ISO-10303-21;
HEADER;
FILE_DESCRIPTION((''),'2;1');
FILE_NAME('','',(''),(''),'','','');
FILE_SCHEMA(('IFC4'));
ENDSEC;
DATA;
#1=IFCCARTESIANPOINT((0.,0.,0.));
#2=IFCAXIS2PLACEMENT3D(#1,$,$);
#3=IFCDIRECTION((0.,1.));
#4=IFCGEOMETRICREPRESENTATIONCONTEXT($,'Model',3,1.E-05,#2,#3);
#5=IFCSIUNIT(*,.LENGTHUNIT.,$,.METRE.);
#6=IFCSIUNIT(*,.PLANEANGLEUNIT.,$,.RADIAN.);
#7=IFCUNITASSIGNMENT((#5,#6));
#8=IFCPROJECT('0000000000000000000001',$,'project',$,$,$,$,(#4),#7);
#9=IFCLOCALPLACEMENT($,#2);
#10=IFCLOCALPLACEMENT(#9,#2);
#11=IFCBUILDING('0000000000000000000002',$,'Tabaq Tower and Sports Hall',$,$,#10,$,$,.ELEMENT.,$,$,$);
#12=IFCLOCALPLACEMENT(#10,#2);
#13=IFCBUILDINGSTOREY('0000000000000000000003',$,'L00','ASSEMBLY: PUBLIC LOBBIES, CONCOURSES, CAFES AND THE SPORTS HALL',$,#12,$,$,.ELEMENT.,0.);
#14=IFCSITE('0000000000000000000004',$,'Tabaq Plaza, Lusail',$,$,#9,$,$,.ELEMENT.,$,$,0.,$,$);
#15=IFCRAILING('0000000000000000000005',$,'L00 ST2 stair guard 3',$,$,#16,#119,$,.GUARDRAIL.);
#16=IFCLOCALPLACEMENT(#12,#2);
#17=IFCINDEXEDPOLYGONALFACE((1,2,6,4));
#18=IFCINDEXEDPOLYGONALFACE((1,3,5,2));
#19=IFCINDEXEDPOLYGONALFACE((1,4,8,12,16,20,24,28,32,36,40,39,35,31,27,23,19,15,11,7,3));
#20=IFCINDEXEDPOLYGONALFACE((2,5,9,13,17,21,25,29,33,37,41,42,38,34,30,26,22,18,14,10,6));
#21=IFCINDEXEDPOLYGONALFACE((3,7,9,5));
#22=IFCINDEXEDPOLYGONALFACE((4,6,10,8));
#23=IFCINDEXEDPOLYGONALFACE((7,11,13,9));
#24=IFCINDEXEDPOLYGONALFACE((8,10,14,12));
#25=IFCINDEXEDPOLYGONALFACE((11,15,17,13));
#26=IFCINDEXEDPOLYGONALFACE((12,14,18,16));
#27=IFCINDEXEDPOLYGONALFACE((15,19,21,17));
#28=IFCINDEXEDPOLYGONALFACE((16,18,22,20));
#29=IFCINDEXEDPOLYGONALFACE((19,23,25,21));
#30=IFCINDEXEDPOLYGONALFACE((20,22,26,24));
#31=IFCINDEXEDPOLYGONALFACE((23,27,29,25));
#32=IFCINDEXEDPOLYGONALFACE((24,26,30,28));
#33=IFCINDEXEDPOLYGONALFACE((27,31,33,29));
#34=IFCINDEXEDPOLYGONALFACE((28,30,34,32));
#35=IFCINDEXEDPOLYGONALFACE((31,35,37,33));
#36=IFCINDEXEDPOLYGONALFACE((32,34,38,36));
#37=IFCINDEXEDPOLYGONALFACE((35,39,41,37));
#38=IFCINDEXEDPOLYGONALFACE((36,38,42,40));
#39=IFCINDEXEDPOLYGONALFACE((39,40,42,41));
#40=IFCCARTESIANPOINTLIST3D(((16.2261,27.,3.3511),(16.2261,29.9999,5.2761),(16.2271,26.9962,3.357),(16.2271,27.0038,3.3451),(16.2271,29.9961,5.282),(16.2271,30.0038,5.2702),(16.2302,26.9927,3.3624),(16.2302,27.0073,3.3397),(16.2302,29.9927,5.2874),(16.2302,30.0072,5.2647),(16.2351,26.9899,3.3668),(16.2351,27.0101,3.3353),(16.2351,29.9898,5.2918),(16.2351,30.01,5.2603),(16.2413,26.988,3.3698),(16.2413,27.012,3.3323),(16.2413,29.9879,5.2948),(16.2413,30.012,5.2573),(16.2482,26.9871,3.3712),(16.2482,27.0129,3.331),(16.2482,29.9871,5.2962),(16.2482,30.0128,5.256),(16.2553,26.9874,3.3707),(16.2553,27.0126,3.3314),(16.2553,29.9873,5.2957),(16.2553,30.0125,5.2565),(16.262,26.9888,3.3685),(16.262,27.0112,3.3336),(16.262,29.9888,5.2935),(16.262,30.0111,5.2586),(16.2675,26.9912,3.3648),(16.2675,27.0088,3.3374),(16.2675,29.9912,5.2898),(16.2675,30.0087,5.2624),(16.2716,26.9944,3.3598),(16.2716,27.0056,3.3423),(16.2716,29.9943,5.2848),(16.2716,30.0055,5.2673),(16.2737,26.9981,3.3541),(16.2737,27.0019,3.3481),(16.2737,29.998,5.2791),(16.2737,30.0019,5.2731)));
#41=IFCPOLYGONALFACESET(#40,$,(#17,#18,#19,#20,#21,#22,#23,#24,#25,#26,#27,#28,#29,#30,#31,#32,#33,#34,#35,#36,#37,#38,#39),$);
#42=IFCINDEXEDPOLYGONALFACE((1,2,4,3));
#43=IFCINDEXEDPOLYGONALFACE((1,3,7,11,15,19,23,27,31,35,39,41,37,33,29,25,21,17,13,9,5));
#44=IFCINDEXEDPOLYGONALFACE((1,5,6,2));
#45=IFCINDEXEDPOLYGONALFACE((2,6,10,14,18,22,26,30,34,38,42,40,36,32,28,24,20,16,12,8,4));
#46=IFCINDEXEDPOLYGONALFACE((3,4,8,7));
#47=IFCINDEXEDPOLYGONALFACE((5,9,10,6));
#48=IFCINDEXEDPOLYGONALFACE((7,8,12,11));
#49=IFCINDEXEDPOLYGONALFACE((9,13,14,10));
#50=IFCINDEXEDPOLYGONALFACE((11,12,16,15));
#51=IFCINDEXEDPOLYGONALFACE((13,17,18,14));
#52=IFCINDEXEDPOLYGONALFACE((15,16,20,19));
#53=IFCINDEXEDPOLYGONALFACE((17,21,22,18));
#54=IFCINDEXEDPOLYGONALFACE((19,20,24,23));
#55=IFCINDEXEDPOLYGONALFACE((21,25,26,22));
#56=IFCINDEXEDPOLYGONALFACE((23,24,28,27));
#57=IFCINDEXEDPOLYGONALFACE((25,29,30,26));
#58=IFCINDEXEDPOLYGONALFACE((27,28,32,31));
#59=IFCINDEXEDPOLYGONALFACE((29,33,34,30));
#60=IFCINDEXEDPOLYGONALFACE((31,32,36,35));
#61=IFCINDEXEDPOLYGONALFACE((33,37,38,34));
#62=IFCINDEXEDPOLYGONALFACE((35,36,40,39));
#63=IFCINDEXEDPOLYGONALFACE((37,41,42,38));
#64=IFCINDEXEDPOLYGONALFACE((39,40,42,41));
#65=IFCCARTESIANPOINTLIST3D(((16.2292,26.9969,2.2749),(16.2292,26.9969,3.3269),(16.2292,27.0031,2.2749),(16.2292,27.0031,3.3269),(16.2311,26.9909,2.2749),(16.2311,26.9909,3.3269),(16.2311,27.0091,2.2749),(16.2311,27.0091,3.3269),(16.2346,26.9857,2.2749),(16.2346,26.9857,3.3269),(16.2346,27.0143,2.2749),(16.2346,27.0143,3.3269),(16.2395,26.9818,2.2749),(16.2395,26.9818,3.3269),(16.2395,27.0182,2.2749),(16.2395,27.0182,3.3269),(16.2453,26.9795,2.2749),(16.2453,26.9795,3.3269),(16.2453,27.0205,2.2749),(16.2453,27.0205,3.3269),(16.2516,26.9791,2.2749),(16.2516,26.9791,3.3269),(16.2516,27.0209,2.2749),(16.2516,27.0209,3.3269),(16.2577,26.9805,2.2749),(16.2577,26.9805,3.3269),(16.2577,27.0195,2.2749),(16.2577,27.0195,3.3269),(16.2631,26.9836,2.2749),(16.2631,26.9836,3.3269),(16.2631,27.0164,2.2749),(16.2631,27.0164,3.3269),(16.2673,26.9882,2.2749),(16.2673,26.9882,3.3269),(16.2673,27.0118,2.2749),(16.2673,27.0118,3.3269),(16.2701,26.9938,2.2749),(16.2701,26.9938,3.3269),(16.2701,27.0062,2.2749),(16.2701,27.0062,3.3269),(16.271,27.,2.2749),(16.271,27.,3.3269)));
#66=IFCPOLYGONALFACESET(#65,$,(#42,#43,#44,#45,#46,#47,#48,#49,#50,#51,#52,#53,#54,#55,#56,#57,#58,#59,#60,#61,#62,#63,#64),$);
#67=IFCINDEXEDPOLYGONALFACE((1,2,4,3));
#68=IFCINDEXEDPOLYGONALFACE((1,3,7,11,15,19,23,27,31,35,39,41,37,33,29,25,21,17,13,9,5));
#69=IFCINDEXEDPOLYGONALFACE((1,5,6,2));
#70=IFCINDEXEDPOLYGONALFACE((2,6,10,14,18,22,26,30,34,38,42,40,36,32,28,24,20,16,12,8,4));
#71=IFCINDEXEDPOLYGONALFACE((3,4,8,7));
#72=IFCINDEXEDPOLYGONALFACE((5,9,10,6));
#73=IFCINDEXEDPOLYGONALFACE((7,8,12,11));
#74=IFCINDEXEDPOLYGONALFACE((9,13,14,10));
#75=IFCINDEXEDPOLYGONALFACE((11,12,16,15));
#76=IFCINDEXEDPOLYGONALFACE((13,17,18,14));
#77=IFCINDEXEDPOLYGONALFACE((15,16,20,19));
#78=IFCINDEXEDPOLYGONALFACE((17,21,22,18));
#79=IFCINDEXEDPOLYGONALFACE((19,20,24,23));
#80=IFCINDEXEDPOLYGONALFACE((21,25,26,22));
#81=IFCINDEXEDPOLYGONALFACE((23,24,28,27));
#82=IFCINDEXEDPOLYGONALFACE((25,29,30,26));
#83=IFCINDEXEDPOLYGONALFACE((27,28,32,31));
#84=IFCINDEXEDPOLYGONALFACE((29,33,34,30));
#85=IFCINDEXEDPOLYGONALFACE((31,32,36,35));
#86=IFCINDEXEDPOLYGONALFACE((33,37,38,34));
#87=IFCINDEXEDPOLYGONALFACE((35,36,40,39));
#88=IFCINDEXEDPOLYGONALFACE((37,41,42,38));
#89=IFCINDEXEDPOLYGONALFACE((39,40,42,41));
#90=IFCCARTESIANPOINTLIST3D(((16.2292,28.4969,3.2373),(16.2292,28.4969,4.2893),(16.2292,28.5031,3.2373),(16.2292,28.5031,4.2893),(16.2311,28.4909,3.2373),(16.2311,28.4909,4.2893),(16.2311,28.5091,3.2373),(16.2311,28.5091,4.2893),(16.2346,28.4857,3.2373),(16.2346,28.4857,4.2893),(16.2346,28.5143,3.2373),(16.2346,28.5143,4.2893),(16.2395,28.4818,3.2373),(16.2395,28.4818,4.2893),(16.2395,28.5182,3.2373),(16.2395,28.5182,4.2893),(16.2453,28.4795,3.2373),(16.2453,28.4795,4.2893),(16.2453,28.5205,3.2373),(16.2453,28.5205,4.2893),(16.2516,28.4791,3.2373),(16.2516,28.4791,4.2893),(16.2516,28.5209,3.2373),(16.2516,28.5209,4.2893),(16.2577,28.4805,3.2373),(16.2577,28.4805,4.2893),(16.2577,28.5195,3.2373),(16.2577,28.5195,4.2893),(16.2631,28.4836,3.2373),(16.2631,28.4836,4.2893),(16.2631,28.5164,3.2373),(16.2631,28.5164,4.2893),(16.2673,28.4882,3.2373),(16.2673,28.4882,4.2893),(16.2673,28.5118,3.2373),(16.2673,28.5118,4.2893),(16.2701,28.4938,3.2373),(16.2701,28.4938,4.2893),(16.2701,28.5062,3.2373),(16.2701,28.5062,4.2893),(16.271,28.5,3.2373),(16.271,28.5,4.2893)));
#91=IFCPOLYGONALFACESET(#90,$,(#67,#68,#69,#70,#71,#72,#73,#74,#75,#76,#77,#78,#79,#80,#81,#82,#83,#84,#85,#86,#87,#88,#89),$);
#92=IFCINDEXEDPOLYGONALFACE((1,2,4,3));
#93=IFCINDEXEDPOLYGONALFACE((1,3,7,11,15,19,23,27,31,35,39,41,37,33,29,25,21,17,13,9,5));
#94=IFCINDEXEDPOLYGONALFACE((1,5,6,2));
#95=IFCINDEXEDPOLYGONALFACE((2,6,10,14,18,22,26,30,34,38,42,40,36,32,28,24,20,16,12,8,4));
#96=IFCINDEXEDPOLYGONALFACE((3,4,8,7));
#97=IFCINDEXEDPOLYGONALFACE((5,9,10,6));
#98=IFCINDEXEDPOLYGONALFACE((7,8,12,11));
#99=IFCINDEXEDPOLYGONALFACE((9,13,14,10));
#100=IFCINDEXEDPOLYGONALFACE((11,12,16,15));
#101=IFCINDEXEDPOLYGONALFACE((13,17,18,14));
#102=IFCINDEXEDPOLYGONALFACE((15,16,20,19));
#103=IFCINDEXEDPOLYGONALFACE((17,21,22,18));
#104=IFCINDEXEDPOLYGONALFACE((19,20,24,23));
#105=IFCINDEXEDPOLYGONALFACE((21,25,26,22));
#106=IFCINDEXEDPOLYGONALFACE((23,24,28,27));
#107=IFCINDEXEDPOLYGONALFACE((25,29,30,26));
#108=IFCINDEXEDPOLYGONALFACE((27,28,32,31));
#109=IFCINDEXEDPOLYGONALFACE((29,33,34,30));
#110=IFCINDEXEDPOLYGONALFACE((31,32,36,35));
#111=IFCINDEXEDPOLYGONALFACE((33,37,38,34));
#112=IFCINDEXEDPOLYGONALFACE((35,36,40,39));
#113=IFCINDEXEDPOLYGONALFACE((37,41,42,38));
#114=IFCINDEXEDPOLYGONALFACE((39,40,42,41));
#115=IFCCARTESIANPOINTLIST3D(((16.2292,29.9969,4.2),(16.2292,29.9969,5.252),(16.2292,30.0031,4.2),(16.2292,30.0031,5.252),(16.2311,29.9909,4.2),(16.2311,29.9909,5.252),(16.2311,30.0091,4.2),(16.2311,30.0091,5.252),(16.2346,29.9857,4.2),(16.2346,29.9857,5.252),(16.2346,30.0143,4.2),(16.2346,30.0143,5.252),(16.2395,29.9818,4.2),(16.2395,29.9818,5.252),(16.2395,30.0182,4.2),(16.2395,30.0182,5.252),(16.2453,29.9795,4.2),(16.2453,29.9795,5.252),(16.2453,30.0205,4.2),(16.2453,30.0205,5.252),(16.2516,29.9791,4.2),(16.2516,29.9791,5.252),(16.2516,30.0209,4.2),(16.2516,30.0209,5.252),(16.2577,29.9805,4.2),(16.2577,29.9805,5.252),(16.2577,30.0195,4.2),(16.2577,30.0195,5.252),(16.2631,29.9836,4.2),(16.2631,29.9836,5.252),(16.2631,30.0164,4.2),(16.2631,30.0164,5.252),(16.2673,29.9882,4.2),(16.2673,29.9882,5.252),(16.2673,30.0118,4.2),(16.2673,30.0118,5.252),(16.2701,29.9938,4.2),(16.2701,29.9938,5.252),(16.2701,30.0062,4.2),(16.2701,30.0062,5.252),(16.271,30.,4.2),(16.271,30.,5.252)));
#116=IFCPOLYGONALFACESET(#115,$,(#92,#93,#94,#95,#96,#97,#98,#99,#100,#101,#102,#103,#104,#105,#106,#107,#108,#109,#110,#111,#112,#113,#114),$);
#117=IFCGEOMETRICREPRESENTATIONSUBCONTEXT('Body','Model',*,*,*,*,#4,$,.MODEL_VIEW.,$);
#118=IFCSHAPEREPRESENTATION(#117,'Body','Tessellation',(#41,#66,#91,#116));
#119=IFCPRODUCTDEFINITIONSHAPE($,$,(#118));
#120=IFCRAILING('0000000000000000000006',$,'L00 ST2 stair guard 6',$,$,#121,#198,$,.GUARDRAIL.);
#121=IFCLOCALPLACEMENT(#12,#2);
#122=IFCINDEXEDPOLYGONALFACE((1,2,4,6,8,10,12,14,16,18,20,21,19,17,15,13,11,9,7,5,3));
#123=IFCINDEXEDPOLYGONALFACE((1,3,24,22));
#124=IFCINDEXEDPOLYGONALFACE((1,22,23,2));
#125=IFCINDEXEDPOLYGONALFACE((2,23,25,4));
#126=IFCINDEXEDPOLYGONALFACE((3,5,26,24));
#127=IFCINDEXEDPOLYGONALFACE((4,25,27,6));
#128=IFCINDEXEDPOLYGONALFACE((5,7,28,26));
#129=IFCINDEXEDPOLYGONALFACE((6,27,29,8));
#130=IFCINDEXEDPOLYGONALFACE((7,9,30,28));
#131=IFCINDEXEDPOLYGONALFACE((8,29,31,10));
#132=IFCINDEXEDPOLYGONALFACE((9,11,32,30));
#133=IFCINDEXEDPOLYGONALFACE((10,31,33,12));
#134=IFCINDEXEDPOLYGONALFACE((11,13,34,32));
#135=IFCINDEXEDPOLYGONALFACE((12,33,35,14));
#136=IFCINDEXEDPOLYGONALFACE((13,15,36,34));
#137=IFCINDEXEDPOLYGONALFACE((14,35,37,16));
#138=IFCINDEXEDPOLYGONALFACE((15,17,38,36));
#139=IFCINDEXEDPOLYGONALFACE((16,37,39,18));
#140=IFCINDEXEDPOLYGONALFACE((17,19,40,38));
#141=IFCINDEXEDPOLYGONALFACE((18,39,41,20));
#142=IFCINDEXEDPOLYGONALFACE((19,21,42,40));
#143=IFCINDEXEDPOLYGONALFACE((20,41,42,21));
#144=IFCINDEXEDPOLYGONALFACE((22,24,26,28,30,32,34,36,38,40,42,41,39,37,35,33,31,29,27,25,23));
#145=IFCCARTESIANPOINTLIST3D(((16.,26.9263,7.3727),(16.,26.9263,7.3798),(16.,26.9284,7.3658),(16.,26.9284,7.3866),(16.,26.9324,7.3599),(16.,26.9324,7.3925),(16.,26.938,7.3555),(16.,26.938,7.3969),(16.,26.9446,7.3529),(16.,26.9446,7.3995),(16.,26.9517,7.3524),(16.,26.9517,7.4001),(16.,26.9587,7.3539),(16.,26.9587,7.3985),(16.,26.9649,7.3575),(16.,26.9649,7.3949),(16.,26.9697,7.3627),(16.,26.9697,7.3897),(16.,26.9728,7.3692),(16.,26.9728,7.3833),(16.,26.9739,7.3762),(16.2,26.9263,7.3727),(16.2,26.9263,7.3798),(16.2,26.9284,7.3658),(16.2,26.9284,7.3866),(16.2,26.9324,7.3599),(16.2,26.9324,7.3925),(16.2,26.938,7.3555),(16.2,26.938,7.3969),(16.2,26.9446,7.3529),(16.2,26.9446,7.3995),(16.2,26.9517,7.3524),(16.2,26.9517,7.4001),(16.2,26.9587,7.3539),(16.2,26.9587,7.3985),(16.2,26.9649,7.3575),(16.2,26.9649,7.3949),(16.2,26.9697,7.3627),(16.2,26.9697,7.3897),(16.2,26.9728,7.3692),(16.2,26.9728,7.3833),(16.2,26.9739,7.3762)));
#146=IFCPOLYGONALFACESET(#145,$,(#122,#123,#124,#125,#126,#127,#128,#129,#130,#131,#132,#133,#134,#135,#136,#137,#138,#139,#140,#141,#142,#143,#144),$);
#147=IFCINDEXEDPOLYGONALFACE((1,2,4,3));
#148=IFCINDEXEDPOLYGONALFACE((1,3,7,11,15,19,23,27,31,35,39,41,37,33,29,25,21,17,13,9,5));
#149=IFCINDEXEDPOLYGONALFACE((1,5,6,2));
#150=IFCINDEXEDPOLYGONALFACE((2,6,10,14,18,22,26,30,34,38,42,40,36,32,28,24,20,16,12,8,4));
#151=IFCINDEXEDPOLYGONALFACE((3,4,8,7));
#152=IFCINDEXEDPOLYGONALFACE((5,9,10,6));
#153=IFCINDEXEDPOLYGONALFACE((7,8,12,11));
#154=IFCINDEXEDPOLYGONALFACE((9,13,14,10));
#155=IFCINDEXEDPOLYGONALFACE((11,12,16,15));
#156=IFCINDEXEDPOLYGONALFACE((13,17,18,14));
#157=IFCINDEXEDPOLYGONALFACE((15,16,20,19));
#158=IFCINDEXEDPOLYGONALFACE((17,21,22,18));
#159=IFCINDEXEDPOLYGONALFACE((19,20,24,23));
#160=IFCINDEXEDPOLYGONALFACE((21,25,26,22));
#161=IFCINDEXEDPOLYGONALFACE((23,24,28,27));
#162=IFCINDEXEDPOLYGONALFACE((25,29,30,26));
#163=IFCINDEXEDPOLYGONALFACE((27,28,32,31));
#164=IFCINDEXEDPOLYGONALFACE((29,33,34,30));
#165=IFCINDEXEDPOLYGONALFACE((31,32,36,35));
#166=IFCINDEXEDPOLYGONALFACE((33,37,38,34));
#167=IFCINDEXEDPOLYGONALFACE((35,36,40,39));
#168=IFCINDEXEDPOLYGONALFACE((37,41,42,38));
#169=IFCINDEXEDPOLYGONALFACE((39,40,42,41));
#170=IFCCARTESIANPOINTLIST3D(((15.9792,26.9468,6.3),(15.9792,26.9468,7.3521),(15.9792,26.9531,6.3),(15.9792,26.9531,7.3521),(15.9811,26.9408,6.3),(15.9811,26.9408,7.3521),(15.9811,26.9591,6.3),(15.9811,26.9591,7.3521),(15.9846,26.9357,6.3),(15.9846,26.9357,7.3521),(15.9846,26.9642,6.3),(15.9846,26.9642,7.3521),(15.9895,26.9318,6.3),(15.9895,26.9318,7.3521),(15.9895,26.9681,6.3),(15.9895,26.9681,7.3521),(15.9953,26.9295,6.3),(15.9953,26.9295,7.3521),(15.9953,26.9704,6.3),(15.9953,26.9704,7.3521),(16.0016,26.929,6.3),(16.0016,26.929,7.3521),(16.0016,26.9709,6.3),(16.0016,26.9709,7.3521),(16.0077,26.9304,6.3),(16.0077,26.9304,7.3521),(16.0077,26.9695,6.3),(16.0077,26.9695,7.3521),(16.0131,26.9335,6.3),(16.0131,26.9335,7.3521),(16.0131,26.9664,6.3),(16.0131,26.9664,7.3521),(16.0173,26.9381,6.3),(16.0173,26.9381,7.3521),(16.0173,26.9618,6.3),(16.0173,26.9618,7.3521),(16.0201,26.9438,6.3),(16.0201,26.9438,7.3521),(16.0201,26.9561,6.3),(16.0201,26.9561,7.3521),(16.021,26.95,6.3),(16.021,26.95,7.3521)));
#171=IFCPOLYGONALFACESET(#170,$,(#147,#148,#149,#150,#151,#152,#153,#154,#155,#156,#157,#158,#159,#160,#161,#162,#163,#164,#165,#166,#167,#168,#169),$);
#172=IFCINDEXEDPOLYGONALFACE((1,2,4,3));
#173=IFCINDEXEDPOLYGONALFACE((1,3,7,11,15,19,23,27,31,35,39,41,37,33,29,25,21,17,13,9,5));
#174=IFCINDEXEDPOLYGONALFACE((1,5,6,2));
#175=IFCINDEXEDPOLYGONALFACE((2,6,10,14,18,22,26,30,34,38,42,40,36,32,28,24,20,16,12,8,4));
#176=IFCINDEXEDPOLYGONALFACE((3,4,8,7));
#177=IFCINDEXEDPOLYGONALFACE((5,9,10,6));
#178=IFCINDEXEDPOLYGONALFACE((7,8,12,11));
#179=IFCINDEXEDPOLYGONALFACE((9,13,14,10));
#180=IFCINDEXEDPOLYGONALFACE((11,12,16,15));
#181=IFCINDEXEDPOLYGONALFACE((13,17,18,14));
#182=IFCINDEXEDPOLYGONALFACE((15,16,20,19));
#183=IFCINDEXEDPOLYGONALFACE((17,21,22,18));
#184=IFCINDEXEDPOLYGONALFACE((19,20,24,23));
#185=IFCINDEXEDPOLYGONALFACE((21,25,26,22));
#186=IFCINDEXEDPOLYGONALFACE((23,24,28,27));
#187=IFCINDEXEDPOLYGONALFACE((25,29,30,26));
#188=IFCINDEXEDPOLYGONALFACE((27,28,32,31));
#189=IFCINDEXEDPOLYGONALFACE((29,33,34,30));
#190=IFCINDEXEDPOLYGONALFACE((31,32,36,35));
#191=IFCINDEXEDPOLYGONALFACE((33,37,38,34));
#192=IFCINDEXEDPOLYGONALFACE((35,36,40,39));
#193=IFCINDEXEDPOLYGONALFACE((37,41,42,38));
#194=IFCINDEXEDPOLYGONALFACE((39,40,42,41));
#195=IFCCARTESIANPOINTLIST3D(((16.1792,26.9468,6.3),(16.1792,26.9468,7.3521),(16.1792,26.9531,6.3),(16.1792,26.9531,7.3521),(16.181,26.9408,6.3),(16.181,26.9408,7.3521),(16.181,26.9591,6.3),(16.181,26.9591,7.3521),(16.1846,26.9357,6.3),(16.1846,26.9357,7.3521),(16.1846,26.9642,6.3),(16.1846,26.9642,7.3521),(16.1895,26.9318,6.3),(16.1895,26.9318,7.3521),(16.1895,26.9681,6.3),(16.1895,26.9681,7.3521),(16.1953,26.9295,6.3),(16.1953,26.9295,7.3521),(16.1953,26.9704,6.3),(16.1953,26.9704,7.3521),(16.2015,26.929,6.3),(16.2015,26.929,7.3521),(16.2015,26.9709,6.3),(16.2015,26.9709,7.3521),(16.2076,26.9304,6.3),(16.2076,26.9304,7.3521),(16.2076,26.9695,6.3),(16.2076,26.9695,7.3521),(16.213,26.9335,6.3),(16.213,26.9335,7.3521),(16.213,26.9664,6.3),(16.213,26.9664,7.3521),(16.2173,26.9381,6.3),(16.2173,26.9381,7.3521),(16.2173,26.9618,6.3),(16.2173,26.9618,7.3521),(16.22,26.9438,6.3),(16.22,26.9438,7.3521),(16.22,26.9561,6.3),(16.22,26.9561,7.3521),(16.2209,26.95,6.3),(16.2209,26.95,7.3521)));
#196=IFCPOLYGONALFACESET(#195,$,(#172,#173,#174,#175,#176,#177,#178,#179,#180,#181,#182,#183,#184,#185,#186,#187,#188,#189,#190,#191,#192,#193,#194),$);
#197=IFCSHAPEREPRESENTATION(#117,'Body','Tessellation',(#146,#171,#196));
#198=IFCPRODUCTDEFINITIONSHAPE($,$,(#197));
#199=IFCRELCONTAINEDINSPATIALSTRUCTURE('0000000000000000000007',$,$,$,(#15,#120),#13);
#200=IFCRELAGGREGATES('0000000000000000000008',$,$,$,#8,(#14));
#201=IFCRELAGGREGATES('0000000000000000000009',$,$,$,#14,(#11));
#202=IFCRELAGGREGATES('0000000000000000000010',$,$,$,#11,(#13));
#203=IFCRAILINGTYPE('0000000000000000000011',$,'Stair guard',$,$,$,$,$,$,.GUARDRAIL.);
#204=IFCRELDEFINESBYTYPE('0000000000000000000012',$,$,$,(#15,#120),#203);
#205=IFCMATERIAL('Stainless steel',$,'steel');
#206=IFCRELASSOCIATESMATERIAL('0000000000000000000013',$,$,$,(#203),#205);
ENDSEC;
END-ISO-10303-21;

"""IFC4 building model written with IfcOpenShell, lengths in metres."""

from ifc_helpers import new_model, si_unit, direction, frame, origin, origin_2d, place, context, subcontext, project, spatial, circle, extrude, material, type_object, element, save


model = new_model("IFC4")

# Units and contexts
model_context = context("Model", 3, precision=1e-05, world=origin(), true_north=direction((0.0, 1.0)))
body_context = subcontext(model_context, "Body", "Model", "MODEL_VIEW")
ifc_project = project(units=[si_unit("LENGTHUNIT", "METRE"), si_unit("PLANEANGLEUNIT", "RADIAN")], contexts=[model_context])

# Site, building, storey
site_placement = place(None, origin())
site = spatial("IfcSite", under=ifc_project, at=site_placement, Name="Tabaq Plaza, Lusail", CompositionType="ELEMENT", RefElevation=0.0)
building_placement = place(site_placement, origin())
building = spatial("IfcBuilding", under=site, at=building_placement, Name="Tabaq Tower and Sports Hall", CompositionType="ELEMENT")
storey_placement = place(building_placement, origin())
storey = spatial("IfcBuildingStorey", under=building, at=storey_placement, Name="L00", Description="ASSEMBLY: PUBLIC LOBBIES, CONCOURSES, CAFES AND THE SPORTS HALL", CompositionType="ELEMENT", Elevation=0.0)

# Railings
ifc_material_1 = material(Name="Stainless steel", Category="steel")
railing_type_1 = type_object("IfcRailingType", Name="Stair guard", PredefinedType="GUARDRAIL", material=ifc_material_1)
railing_1_placement = place(storey_placement, frame((16.25, 27.0, 2.2749)))
element("IfcRailing", 1, at=railing_1_placement, inside=storey, type_object=railing_type_1, Name="L00 ST2 stair guard 3", PredefinedType="GUARDRAIL", context=body_context, shape_type="SweptSolid", body=[
    extrude(circle(Radius=0.0239, at=origin_2d()), frame((0.0, 0.0, 1.0762), z_axis=(0.0, 0.841628, 0.540058), x_axis=(-1.0, 0.0, 0.0)), (0.0, 0.0, 1.0), 3.5645),
    extrude(circle(Radius=0.021, at=origin_2d()), origin(), (0.0, 0.0, 1.0), 1.052),
    extrude(circle(Radius=0.021, at=origin_2d()), frame((0.0, 1.5, 0.9624)), (0.0, 0.0, 1.0), 1.052),
    extrude(circle(Radius=0.021, at=origin_2d()), frame((0.0, 3.0, 1.925)), (0.0, 0.0, 1.0), 1.052),
])
railing_2_placement = place(storey_placement, frame((16.0, 26.95, 6.3)))
element("IfcRailing", 2, at=railing_2_placement, inside=storey, type_object=railing_type_1, Name="L00 ST2 stair guard 6", PredefinedType="GUARDRAIL", context=body_context, shape_type="SweptSolid", body=[
    extrude(circle(Radius=0.0239, at=origin_2d()), frame((0.0, 0.0, 1.0762), z_axis=(1.0, 0.0, 0.0), x_axis=(0.0, 1.0, 0.0)), (0.0, 0.0, 1.0), 0.2),
    extrude(circle(Radius=0.021, at=origin_2d()), origin(), (0.0, 0.0, 1.0), 1.052),
    extrude(circle(Radius=0.021, at=origin_2d()), frame((0.2, 0.0, 0.0)), (0.0, 0.0, 1.0), 1.052),
])

save(model, "model.ifc")
